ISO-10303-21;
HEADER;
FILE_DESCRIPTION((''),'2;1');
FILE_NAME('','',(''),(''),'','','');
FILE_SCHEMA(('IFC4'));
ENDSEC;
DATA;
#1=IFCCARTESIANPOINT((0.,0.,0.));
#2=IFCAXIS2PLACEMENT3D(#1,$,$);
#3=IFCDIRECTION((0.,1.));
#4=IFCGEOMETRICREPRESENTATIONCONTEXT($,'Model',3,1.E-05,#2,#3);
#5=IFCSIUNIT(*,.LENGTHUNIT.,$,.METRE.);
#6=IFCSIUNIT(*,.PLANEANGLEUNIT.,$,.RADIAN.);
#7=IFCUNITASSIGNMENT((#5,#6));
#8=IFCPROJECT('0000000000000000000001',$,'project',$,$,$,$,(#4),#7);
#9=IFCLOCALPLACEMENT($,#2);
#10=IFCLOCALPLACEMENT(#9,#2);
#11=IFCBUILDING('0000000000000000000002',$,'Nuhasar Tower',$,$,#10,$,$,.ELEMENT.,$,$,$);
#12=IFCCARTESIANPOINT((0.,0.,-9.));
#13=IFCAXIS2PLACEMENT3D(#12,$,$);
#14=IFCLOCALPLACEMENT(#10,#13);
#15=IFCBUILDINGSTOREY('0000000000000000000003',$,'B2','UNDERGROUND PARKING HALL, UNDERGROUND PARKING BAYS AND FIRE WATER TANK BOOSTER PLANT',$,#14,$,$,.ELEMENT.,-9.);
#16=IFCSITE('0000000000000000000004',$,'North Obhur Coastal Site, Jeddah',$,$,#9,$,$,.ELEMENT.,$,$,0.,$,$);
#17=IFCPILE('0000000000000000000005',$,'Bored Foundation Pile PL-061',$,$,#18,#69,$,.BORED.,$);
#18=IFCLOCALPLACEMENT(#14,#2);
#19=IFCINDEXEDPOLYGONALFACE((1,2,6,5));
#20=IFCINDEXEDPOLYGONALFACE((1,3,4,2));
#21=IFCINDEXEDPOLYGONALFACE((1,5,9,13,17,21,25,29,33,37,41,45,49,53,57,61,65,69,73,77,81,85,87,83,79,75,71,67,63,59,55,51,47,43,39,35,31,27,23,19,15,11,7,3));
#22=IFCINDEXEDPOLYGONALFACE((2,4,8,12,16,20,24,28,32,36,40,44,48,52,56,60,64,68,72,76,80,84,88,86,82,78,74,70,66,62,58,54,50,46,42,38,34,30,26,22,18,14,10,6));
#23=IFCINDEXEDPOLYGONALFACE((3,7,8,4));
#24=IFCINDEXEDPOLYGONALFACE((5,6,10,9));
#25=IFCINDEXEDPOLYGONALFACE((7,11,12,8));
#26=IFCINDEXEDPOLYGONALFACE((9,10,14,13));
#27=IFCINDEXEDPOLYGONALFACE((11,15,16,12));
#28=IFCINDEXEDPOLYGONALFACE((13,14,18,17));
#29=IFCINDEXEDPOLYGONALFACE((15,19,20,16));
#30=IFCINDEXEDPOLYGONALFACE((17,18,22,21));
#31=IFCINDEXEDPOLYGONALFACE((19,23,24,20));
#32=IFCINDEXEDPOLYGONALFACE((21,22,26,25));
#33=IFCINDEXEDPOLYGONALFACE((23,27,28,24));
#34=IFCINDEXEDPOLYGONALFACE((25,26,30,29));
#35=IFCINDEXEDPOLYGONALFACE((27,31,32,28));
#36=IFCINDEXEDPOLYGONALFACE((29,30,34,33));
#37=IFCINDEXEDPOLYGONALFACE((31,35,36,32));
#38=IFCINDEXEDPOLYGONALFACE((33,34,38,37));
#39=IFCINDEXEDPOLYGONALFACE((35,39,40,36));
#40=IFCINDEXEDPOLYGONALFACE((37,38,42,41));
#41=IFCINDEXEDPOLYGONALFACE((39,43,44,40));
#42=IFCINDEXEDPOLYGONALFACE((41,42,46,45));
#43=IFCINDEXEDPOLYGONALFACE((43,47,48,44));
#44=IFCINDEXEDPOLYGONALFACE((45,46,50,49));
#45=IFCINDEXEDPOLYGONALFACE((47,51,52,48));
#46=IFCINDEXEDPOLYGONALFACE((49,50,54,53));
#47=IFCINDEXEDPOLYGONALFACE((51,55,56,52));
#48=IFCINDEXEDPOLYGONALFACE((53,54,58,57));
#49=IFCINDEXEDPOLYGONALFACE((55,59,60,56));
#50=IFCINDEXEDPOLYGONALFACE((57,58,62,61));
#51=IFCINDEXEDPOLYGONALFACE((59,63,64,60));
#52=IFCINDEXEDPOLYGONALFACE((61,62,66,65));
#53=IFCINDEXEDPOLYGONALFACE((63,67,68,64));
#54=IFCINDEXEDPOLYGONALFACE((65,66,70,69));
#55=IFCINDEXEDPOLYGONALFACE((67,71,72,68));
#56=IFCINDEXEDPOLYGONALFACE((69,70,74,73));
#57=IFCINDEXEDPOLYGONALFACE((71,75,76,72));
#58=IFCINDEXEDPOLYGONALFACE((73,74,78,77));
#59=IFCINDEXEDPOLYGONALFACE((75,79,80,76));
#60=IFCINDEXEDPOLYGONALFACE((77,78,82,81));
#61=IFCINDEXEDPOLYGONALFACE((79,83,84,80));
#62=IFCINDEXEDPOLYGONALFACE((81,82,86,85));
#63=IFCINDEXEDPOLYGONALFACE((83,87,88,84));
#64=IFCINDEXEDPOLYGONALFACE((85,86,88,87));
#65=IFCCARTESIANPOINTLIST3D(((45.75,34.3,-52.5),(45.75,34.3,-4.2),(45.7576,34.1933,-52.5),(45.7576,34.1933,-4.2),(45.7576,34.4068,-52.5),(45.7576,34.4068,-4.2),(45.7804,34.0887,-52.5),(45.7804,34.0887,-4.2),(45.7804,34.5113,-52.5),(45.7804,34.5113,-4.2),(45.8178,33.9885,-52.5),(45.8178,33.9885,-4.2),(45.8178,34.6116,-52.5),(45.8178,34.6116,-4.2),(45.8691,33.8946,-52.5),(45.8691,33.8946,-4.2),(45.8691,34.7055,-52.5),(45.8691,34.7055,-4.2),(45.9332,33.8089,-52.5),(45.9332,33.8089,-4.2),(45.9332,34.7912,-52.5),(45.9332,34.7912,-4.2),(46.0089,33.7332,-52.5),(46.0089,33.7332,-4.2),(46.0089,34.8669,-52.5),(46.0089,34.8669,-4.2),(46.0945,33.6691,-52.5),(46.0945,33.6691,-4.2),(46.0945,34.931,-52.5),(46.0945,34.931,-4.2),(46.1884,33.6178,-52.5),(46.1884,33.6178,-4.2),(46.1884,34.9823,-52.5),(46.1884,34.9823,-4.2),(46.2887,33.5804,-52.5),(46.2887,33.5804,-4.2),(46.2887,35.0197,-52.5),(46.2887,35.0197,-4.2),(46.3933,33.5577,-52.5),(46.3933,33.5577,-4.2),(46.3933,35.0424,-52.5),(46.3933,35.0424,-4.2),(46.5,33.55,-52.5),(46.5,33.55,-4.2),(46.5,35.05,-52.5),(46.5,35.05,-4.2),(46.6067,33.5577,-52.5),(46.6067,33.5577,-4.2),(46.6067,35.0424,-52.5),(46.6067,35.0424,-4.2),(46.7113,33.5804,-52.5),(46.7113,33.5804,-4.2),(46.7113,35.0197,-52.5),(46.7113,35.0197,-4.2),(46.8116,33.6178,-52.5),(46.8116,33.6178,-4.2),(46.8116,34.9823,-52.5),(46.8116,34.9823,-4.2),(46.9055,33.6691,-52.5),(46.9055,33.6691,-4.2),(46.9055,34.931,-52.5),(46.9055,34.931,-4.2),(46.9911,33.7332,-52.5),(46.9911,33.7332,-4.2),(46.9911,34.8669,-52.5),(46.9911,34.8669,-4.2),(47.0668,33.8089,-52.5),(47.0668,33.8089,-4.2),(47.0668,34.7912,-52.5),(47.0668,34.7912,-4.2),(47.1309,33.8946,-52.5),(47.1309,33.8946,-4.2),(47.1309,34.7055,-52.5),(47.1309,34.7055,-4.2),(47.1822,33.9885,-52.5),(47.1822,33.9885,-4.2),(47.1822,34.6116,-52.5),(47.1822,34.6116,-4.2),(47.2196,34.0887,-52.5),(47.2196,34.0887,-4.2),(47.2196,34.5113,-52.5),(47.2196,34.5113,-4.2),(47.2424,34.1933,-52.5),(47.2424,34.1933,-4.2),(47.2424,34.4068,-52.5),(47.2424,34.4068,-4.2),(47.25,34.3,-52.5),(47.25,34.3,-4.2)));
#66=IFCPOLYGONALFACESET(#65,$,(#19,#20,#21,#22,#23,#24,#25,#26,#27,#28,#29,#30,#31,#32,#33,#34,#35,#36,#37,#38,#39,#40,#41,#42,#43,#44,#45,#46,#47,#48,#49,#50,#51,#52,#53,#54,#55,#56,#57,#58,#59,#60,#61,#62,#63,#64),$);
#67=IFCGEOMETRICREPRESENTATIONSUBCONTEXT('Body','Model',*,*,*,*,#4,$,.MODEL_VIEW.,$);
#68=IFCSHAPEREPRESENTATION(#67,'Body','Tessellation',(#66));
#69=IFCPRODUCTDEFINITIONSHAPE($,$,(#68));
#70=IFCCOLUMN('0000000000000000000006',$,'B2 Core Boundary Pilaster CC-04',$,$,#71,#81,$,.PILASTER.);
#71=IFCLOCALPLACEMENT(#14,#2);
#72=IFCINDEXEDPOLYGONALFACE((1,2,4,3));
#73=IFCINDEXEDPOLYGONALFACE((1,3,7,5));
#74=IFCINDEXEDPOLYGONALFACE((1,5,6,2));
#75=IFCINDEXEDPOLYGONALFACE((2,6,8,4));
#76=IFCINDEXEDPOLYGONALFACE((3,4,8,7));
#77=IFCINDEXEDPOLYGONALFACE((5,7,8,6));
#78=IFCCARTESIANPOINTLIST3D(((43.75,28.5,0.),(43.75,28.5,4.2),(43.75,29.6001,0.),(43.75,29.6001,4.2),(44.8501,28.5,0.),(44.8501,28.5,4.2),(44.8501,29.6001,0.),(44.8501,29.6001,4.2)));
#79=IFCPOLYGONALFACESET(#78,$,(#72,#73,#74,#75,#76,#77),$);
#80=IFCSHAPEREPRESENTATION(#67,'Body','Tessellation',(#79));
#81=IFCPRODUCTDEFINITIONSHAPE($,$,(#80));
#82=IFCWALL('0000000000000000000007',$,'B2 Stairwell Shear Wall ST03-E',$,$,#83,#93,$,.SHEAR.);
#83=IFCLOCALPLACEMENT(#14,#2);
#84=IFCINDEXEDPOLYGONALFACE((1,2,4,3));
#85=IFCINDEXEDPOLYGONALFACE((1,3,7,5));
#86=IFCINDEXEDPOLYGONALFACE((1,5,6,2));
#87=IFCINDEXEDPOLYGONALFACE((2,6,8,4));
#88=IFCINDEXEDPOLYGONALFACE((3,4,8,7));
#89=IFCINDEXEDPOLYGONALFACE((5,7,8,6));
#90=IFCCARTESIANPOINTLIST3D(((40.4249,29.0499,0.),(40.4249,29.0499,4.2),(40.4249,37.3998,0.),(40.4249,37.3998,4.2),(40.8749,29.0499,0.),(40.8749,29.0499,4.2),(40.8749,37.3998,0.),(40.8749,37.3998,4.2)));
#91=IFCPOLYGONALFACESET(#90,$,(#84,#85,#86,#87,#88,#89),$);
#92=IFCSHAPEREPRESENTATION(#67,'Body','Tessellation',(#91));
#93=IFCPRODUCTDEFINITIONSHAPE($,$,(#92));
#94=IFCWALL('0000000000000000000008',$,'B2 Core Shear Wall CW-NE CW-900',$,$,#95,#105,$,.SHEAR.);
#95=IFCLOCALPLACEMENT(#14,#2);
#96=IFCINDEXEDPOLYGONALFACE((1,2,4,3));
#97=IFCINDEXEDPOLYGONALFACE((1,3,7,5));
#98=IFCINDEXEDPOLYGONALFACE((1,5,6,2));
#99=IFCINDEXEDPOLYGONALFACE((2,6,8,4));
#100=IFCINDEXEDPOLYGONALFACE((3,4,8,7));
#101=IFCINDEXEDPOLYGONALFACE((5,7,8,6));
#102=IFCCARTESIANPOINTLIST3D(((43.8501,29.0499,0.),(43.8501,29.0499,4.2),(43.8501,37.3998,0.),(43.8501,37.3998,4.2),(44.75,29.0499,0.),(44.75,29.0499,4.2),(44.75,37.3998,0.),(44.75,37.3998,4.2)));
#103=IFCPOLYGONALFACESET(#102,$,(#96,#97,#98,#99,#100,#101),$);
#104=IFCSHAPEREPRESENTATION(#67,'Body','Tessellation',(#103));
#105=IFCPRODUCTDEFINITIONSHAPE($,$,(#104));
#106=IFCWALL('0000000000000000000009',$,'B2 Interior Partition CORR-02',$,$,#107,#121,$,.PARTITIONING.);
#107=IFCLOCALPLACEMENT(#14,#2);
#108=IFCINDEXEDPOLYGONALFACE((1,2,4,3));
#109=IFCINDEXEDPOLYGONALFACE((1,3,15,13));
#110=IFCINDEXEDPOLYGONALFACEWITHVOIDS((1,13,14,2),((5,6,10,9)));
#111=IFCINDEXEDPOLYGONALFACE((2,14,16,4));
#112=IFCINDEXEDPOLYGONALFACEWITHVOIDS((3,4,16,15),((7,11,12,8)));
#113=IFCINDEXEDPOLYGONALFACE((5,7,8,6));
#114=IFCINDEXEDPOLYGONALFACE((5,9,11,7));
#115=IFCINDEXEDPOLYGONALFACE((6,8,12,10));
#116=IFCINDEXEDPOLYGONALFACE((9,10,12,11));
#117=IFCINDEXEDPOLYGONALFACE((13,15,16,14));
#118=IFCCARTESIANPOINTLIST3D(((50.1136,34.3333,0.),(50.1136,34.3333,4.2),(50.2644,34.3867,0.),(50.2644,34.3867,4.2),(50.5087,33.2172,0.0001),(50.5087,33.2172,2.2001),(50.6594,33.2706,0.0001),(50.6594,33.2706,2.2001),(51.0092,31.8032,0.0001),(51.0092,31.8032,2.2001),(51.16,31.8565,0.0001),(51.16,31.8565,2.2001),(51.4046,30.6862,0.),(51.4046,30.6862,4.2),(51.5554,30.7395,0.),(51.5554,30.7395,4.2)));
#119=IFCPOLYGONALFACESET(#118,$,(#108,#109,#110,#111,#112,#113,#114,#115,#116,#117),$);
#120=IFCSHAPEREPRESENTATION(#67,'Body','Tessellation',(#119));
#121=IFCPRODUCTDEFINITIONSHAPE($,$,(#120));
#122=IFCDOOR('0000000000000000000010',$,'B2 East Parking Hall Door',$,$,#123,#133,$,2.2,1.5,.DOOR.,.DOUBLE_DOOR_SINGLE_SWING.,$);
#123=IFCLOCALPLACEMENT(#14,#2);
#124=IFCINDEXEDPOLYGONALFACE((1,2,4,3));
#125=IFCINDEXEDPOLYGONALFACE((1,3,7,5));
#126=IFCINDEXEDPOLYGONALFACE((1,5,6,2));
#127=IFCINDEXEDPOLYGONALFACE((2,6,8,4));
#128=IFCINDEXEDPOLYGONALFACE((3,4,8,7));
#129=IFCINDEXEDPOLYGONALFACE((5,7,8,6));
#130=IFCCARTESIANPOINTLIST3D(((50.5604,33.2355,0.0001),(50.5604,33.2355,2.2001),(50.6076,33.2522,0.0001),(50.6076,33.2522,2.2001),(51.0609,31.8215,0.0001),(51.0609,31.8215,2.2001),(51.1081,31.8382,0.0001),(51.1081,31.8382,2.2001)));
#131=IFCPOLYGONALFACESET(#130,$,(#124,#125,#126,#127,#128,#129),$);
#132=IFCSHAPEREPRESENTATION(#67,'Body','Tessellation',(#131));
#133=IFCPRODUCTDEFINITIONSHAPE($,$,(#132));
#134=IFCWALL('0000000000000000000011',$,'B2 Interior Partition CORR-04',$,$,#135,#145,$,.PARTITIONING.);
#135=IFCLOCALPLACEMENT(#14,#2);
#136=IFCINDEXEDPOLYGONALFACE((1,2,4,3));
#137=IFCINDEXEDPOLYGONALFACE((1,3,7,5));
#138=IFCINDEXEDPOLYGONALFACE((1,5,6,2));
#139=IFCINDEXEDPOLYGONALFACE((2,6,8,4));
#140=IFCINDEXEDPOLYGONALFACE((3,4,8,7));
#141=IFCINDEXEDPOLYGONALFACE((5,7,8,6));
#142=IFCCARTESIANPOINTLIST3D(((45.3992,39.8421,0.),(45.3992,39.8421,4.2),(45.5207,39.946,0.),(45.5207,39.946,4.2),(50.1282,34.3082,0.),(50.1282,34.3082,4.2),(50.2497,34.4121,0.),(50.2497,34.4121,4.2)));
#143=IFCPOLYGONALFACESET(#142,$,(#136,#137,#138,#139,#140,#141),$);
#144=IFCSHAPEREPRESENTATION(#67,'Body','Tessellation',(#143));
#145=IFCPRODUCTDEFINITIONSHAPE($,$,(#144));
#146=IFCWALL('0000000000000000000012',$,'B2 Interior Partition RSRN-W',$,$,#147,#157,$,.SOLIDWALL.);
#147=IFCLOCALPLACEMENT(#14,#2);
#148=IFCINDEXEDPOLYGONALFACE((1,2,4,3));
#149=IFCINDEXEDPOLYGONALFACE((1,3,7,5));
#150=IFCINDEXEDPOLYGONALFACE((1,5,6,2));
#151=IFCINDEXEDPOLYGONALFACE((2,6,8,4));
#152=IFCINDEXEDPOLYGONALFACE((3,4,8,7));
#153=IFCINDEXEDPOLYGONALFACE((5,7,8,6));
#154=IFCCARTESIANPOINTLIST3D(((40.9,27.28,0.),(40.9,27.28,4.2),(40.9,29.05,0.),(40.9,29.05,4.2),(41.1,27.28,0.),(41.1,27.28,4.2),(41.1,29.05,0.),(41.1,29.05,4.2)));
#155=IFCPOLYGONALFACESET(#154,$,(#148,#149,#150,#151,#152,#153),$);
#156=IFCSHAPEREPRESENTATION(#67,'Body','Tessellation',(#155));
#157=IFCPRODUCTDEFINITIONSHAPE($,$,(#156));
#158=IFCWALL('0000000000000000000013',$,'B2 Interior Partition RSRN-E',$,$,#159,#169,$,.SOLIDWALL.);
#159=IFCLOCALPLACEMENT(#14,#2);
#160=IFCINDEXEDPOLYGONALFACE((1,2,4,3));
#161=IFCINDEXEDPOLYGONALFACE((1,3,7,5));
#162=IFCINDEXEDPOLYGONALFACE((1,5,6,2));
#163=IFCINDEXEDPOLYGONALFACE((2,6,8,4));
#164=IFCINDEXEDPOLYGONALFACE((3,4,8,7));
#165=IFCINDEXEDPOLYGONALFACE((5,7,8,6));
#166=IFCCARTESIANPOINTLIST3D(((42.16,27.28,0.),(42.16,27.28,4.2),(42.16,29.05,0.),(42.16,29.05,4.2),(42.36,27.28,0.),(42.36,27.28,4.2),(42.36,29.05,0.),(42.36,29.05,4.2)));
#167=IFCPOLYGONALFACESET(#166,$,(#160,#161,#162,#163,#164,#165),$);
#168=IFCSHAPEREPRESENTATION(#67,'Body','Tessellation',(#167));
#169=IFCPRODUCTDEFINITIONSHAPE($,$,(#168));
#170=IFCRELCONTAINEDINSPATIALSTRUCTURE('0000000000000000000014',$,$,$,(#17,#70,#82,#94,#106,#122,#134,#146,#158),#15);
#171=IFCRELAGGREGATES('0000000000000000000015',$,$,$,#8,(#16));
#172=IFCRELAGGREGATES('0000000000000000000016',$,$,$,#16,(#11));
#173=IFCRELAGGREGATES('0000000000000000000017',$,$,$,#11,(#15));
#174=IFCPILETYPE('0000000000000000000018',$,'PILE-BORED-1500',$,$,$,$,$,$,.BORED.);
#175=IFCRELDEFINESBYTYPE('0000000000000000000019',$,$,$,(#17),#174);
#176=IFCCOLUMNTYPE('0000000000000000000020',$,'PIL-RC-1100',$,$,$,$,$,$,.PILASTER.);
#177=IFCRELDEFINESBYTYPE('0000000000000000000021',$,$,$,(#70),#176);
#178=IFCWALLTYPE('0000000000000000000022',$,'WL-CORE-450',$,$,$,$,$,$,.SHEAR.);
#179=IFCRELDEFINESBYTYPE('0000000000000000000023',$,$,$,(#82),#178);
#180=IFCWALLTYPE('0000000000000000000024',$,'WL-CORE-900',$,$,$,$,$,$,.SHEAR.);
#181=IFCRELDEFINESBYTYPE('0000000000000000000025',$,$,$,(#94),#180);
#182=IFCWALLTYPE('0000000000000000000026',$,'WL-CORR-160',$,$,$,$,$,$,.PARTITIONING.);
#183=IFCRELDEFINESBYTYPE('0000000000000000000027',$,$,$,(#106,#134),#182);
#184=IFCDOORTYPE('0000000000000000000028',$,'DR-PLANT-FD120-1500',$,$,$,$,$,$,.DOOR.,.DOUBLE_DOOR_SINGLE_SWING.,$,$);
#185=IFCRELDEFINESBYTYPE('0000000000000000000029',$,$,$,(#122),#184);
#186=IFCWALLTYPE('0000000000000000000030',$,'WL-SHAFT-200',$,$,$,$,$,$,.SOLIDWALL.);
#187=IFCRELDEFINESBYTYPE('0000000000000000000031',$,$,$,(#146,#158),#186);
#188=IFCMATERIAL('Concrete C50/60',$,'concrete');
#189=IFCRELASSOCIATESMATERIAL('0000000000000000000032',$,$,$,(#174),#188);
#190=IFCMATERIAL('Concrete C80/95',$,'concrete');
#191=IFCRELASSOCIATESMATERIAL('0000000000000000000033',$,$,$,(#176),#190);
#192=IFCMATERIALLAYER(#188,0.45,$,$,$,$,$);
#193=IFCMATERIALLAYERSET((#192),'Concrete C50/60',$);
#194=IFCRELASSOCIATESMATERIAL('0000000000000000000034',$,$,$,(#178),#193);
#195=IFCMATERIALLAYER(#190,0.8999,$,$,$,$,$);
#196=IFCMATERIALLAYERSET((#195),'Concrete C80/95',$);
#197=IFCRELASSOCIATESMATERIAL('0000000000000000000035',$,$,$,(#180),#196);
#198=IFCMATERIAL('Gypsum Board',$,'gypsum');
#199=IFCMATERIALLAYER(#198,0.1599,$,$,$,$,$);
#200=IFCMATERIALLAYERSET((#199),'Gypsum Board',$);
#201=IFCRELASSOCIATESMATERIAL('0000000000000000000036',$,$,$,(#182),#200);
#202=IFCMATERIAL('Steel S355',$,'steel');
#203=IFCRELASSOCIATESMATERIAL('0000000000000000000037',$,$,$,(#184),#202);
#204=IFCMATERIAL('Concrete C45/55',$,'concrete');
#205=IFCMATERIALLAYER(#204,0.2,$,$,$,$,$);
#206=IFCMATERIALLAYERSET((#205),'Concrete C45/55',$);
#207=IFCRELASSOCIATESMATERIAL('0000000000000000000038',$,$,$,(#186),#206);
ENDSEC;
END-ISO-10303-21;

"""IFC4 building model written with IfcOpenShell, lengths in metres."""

from ifc_helpers import new_model, si_unit, direction, frame, frame_2d, origin, origin_2d, place, context, subcontext, project, spatial, rectangle, circle, extrude, material, layer, layer_set, material_profile, profile_set, type_object, element, fill, save


model = new_model("IFC4")

# Units and contexts
model_context = context("Model", 3, precision=1e-05, world=origin(), true_north=direction((0.0, 1.0)))
body_context = subcontext(model_context, "Body", "Model", "MODEL_VIEW")
ifc_project = project(units=[si_unit("LENGTHUNIT", "METRE"), si_unit("PLANEANGLEUNIT", "RADIAN")], contexts=[model_context])

# Site, building, storey
site_placement = place(None, origin())
site = spatial("IfcSite", under=ifc_project, at=site_placement, Name="North Obhur Coastal Site, Jeddah", CompositionType="ELEMENT", RefElevation=0.0)
building_placement = place(site_placement, origin())
building = spatial("IfcBuilding", under=site, at=building_placement, Name="Nuhasar Tower", CompositionType="ELEMENT")
storey_placement = place(building_placement, frame((0.0, 0.0, -9.0)))
storey = spatial("IfcBuildingStorey", under=building, at=storey_placement, Name="B2", Description="UNDERGROUND PARKING HALL, UNDERGROUND PARKING BAYS AND FIRE WATER TANK BOOSTER PLANT", CompositionType="ELEMENT", Elevation=-9.0)

# Pile
ifc_material_1 = material(Name="Concrete C50/60", Category="concrete")
ifc_material_profile_1 = material_profile(ifc_material_1, circle(Radius=0.75, at=origin_2d()), Name="PILE1500")
ifc_profile_set_1 = profile_set([ifc_material_profile_1], Name="Concrete C50/60")
pile_type = type_object("IfcPileType", Name="PILE-BORED-1500", PredefinedType="BORED", material=ifc_profile_set_1)
for number, where, z_axis, x_axis, name in (
    (1, (46.5, 34.3, -4.2), (0.0, 0.0, -1.0), (1.0, 0.0, 0.0), "Bored Foundation Pile PL-061"),
):
    element("IfcPile", number, at=place(storey_placement, frame(where, z_axis=z_axis, x_axis=x_axis)), inside=storey, type_object=pile_type, Name=name, PredefinedType="BORED", context=body_context, shape_type="SweptSolid", body=[
        extrude(circle(Radius=0.75, at=origin_2d()), origin(), (0.0, 0.0, 1.0), 48.3),
    ])

# Column
ifc_material_2 = material(Name="Concrete C80/95", Category="concrete")
ifc_material_profile_2 = material_profile(ifc_material_2, rectangle(XDim=1.1001, YDim=1.1001, at=origin_2d()), Name="RC1100X1100")
ifc_profile_set_2 = profile_set([ifc_material_profile_2], Name="Concrete C80/95")
column_type = type_object("IfcColumnType", Name="PIL-RC-1100", PredefinedType="PILASTER", material=ifc_profile_set_2)
column_placement = place(storey_placement, frame((44.3, 29.05, 0.0), z_axis=(0.0, 0.0, 1.0), x_axis=(1.0, 0.0, 0.0)))
element("IfcColumn", 2, at=column_placement, inside=storey, type_object=column_type, Name="B2 Core Boundary Pilaster CC-04", PredefinedType="PILASTER", context=body_context, shape_type="SweptSolid", body=[
    extrude(rectangle(XDim=1.1001, YDim=1.1001, at=origin_2d()), origin(), (0.0, 0.0, 1.0), 4.2),
])

# Walls
ifc_layer_1 = layer(ifc_material_1, 0.45)
ifc_layer_set_1 = layer_set([ifc_layer_1], Name="Concrete C50/60")
wall_type_1 = type_object("IfcWallType", Name="WL-CORE-450", PredefinedType="SHEAR", material=ifc_layer_set_1)
wall_1_placement = place(storey_placement, frame((40.6499, 29.05, 0.0), z_axis=(0.0, 0.0, 1.0), x_axis=(0.0, 1.0, 0.0)))
element("IfcWall", 3, at=wall_1_placement, inside=storey, type_object=wall_type_1, Name="B2 Stairwell Shear Wall ST03-E", PredefinedType="SHEAR", context=body_context, shape_type="SweptSolid", body=[
    extrude(rectangle(XDim=8.3499, YDim=0.45, at=frame_2d((4.1748, 0.0))), origin(), (0.0, 0.0, 1.0), 4.2),
])
ifc_layer_2 = layer(ifc_material_2, 0.8999)
ifc_layer_set_2 = layer_set([ifc_layer_2], Name="Concrete C80/95")
wall_type_2 = type_object("IfcWallType", Name="WL-CORE-900", PredefinedType="SHEAR", material=ifc_layer_set_2)
wall_2_placement = place(storey_placement, frame((44.3, 29.05, 0.0), z_axis=(0.0, 0.0, 1.0), x_axis=(0.0, 1.0, 0.0)))
element("IfcWall", 4, at=wall_2_placement, inside=storey, type_object=wall_type_2, Name="B2 Core Shear Wall CW-NE CW-900", PredefinedType="SHEAR", context=body_context, shape_type="SweptSolid", body=[
    extrude(rectangle(XDim=8.3499, YDim=0.8999, at=frame_2d((4.1748, 0.0))), origin(), (0.0, 0.0, 1.0), 4.2),
])

# Wall, opening, door
ifc_material_3 = material(Name="Gypsum Board", Category="gypsum")
ifc_layer_3 = layer(ifc_material_3, 0.1599)
ifc_layer_set_3 = layer_set([ifc_layer_3], Name="Gypsum Board")
wall_type_3 = type_object("IfcWallType", Name="WL-CORR-160", PredefinedType="PARTITIONING", material=ifc_layer_set_3)
wall_3_placement = place(storey_placement, frame((50.189, 34.3601, 0.0), z_axis=(0.0, 0.0, 1.0), x_axis=(0.333685, -0.942685, 0.0)))
wall_3 = element("IfcWall", 5, at=wall_3_placement, inside=storey, type_object=wall_type_3, Name="B2 Interior Partition CORR-02", PredefinedType="PARTITIONING", context=body_context, shape_type="SweptSolid", body=[
    extrude(rectangle(XDim=3.8689, YDim=0.1599, at=frame_2d((1.9346, 0.0))), origin(), (0.0, 0.0, 1.0), 4.2),
])
opening_1_placement = place(wall_3_placement, frame((1.1841, 0.0, 0.0)))
opening_1 = element("IfcOpeningElement", 6, at=opening_1_placement, cuts=wall_3, PredefinedType="OPENING", context=body_context, shape_type="SweptSolid", body=[
    extrude(rectangle(XDim=1.5, YDim=2.2, at=frame_2d((0.75, 1.1001))), frame((0.0, 0.0898, 0.0), z_axis=(0.0, -1.0, 0.0), x_axis=(1.0, 0.0, 0.0)), (0.0, 0.0, 1.0), 0.1799),
])
ifc_material_4 = material(Name="Steel S355", Category="steel")
door_type_1 = type_object("IfcDoorType", Name="DR-PLANT-FD120-1500", OperationType="DOUBLE_DOOR_SINGLE_SWING", PredefinedType="DOOR", material=ifc_material_4)
door_1_placement = place(opening_1_placement, origin())
door_1 = element("IfcDoor", 7, at=door_1_placement, inside=storey, type_object=door_type_1, Name="B2 East Parking Hall Door", OperationType="DOUBLE_DOOR_SINGLE_SWING", OverallHeight=2.2, OverallWidth=1.5, PredefinedType="DOOR", context=body_context, shape_type="SweptSolid", body=[
    extrude(rectangle(XDim=1.5, YDim=2.2, at=frame_2d((0.75, 1.1001))), frame((0.0, 0.0249, 0.0), z_axis=(0.0, -1.0, 0.0), x_axis=(1.0, 0.0, 0.0)), (0.0, 0.0, 1.0), 0.05),
])
fill(opening_1, door_1)

# Walls
wall_4_placement = place(storey_placement, frame((50.189, 34.3601, 0.0), z_axis=(0.0, 0.0, 1.0), x_axis=(-0.649653, 0.760231, 0.0)))
element("IfcWall", 8, at=wall_4_placement, inside=storey, type_object=wall_type_3, Name="B2 Interior Partition CORR-04", PredefinedType="PARTITIONING", context=body_context, shape_type="SweptSolid", body=[
    extrude(rectangle(XDim=7.2793, YDim=0.1599, at=frame_2d((3.6396, 0.0))), origin(), (0.0, 0.0, 1.0), 4.2),
])
ifc_material_5 = material(Name="Concrete C45/55", Category="concrete")
ifc_layer_4 = layer(ifc_material_5, 0.2)
ifc_layer_set_4 = layer_set([ifc_layer_4], Name="Concrete C45/55")
wall_type_4 = type_object("IfcWallType", Name="WL-SHAFT-200", PredefinedType="SOLIDWALL", material=ifc_layer_set_4)
for number, where, z_axis, x_axis, name in (
    (9, (41.0, 27.28, 0.0), (0.0, 0.0, 1.0), (0.0, 1.0, 0.0), "B2 Interior Partition RSRN-W"),
    (10, (42.26, 27.28, 0.0), (0.0, 0.0, 1.0), (0.0, 1.0, 0.0), "B2 Interior Partition RSRN-E"),
):
    element("IfcWall", number, at=place(storey_placement, frame(where, z_axis=z_axis, x_axis=x_axis)), inside=storey, type_object=wall_type_4, Name=name, PredefinedType="SOLIDWALL", context=body_context, shape_type="SweptSolid", body=[
        extrude(rectangle(XDim=1.77, YDim=0.2, at=frame_2d((0.885, 0.0))), origin(), (0.0, 0.0, 1.0), 4.2),
    ])

save(model, "model.ifc")
